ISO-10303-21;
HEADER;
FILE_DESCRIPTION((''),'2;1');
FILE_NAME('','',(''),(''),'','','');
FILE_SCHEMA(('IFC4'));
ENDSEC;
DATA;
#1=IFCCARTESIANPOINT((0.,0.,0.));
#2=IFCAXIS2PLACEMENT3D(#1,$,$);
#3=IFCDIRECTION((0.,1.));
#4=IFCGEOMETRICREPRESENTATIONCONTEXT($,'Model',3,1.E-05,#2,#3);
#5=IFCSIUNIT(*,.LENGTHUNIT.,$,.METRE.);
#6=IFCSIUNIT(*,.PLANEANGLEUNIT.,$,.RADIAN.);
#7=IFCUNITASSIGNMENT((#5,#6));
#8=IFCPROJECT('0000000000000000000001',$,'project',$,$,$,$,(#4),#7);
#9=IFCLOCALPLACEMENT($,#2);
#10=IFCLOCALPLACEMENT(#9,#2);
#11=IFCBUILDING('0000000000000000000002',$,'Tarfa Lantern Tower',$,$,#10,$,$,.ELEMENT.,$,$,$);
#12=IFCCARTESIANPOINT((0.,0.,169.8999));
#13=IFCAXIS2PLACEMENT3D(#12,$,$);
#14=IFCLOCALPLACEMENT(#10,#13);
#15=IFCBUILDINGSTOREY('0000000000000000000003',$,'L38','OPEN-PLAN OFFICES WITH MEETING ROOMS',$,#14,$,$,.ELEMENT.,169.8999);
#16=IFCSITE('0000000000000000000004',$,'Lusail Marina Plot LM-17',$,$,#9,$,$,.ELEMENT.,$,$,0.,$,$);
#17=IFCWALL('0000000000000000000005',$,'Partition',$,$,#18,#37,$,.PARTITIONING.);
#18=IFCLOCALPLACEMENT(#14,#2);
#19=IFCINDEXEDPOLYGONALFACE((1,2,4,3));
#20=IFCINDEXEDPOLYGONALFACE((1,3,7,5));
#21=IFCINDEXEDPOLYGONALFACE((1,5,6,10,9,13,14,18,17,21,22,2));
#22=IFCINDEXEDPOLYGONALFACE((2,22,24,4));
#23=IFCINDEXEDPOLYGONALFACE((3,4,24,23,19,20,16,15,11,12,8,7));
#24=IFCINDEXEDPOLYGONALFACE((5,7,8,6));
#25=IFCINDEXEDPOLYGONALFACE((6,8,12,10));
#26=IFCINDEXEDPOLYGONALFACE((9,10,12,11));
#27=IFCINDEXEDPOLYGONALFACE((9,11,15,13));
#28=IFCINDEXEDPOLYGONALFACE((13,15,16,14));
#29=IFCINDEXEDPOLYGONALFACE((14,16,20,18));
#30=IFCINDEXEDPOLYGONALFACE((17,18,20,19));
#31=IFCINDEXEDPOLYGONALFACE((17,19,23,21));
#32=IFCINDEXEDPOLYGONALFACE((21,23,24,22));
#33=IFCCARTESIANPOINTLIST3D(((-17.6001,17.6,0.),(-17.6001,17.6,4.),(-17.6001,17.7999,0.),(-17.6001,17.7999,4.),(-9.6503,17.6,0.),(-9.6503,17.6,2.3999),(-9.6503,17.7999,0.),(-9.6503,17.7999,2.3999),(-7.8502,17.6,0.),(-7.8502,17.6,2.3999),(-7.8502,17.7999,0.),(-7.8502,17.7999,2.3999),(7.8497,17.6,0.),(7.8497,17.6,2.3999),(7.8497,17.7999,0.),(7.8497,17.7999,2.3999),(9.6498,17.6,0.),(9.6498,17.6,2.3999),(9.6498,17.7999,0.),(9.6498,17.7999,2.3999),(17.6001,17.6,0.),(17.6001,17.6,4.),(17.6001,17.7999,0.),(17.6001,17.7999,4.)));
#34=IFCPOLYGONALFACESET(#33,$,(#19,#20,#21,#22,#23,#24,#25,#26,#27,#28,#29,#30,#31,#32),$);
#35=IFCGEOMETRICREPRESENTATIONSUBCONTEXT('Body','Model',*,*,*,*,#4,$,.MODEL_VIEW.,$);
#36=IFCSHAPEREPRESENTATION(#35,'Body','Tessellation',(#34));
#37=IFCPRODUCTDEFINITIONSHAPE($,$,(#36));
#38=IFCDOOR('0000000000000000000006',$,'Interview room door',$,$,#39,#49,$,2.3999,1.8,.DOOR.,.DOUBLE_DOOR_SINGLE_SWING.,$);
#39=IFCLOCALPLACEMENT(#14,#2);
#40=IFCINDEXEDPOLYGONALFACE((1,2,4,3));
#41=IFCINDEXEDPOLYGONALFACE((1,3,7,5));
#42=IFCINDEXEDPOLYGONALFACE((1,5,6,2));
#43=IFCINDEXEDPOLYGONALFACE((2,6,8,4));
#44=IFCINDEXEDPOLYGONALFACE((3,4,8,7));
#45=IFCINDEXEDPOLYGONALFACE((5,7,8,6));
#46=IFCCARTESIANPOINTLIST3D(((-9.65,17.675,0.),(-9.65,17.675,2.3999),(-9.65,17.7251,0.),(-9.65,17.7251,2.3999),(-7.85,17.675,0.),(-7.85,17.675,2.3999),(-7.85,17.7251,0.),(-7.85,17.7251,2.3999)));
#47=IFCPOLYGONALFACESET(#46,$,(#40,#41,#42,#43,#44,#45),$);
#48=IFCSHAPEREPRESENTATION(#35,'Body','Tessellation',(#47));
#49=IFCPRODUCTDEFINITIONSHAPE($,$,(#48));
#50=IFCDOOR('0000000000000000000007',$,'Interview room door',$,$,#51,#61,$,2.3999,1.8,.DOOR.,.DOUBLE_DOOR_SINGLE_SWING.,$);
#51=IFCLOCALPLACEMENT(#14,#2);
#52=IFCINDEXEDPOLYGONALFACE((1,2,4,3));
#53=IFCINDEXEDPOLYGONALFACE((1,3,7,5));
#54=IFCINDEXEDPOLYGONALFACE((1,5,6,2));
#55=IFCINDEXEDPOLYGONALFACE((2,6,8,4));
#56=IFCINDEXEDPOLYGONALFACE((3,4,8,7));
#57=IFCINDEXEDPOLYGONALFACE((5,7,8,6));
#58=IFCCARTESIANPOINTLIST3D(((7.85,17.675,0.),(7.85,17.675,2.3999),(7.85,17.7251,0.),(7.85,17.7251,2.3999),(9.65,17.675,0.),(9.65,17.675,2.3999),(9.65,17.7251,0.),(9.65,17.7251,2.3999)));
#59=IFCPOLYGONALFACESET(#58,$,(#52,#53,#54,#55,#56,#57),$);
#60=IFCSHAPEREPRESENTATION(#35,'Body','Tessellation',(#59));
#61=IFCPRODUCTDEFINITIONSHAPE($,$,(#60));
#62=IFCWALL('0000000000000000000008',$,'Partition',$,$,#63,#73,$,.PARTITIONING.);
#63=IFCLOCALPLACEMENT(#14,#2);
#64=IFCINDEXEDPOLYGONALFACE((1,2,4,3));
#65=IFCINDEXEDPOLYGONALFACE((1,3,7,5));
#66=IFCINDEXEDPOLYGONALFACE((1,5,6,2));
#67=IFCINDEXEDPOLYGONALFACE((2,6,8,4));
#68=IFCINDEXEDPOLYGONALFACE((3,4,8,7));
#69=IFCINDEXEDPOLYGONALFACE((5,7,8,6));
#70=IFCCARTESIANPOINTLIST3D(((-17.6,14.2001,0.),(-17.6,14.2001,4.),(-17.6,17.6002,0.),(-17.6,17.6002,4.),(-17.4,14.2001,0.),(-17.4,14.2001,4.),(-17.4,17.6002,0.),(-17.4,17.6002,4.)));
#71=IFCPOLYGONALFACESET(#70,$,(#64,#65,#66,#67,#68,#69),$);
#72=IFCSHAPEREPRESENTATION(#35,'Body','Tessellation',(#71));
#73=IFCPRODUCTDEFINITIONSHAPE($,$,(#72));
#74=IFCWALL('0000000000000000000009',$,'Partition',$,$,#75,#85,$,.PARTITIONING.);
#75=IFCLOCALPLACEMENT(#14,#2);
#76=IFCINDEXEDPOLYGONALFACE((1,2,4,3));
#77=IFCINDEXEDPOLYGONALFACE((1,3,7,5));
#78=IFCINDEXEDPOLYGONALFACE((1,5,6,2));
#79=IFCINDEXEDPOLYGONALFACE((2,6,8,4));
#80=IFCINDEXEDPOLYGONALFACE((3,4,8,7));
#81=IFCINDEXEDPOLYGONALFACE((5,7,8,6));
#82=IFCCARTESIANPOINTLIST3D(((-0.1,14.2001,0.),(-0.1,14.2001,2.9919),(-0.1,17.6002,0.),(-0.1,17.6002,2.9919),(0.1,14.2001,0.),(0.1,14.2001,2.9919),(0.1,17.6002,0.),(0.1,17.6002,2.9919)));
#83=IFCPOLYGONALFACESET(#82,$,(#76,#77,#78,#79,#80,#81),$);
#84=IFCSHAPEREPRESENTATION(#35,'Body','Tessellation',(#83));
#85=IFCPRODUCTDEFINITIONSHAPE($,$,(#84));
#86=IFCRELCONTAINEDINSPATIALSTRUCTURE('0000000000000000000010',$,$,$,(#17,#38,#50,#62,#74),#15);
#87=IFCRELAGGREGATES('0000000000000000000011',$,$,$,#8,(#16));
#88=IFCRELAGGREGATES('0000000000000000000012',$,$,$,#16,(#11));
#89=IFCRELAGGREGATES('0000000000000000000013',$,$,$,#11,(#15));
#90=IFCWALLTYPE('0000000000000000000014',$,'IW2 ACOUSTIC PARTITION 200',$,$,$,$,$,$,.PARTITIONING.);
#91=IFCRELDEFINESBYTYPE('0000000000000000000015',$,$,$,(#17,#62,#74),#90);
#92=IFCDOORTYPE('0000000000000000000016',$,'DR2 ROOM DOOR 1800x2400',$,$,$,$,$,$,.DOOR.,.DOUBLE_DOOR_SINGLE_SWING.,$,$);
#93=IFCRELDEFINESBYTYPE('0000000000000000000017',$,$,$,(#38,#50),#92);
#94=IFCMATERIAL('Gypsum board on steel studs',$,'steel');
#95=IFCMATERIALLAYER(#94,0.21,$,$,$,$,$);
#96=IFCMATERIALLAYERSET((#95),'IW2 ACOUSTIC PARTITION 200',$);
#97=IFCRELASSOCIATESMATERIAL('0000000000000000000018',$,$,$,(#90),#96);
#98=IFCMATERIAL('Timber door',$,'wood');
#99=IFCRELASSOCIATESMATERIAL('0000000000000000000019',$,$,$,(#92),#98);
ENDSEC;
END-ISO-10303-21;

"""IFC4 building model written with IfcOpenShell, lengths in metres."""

from ifc_helpers import new_model, si_unit, direction, frame, frame_2d, origin, place, context, subcontext, project, spatial, rectangle, extrude, material, layer, layer_set, type_object, element, fill, save


model = new_model("IFC4")

# Units and contexts
model_context = context("Model", 3, precision=1e-05, world=origin(), true_north=direction((0.0, 1.0)))
body_context = subcontext(model_context, "Body", "Model", "MODEL_VIEW")
ifc_project = project(units=[si_unit("LENGTHUNIT", "METRE"), si_unit("PLANEANGLEUNIT", "RADIAN")], contexts=[model_context])

# Site, building, storey
site_placement = place(None, origin())
site = spatial("IfcSite", under=ifc_project, at=site_placement, Name="Lusail Marina Plot LM-17", CompositionType="ELEMENT", RefElevation=0.0)
building_placement = place(site_placement, origin())
building = spatial("IfcBuilding", under=site, at=building_placement, Name="Tarfa Lantern Tower", CompositionType="ELEMENT")
storey_placement = place(building_placement, frame((0.0, 0.0, 169.8999)))
storey = spatial("IfcBuildingStorey", under=building, at=storey_placement, Name="L38", Description="OPEN-PLAN OFFICES WITH MEETING ROOMS", CompositionType="ELEMENT", Elevation=169.8999)

# Shared definitions
ifc_material_1 = material(Name="Gypsum board on steel studs", Category="steel")
ifc_layer_1 = layer(ifc_material_1, 0.21)
ifc_layer_set_1 = layer_set([ifc_layer_1], Name="IW2 ACOUSTIC PARTITION 200")
wall_type = type_object("IfcWallType", Name="IW2 ACOUSTIC PARTITION 200", PredefinedType="PARTITIONING", material=ifc_layer_set_1)

# Wall, openings, doors
wall_1_placement = place(storey_placement, frame((-17.6001, 17.7, 0.0), z_axis=(0.0, 0.0, 1.0), x_axis=(1.0, 0.0, 0.0)))
wall_1 = element("IfcWall", 1, at=wall_1_placement, inside=storey, type_object=wall_type, Name="Partition", PredefinedType="PARTITIONING", context=body_context, shape_type="SweptSolid", body=[
    extrude(rectangle(XDim=35.2002, YDim=0.2, at=frame_2d((17.6001, 0.0))), origin(), (0.0, 0.0, 1.0), 4.0),
])
opening_1_placement = place(wall_1_placement, frame((7.95, 0.0, 0.0)))
opening_1 = element("IfcOpeningElement", 2, at=opening_1_placement, cuts=wall_1, PredefinedType="OPENING", context=body_context, shape_type="SweptSolid", body=[
    extrude(rectangle(XDim=1.8, YDim=2.3999, at=frame_2d((0.8999, 1.2))), frame((0.0, 0.1099, 0.0), z_axis=(0.0, -1.0, 0.0), x_axis=(1.0, 0.0, 0.0)), (0.0, 0.0, 1.0), 0.22),
])
opening_2_placement = place(wall_1_placement, frame((25.45, 0.0, 0.0)))
opening_2 = element("IfcOpeningElement", 3, at=opening_2_placement, cuts=wall_1, PredefinedType="OPENING", context=body_context, shape_type="SweptSolid", body=[
    extrude(rectangle(XDim=1.8, YDim=2.3999, at=frame_2d((0.8999, 1.2))), frame((0.0, 0.1099, 0.0), z_axis=(0.0, -1.0, 0.0), x_axis=(1.0, 0.0, 0.0)), (0.0, 0.0, 1.0), 0.22),
])
ifc_material_2 = material(Name="Timber door", Category="wood")
door_type = type_object("IfcDoorType", Name="DR2 ROOM DOOR 1800x2400", OperationType="DOUBLE_DOOR_SINGLE_SWING", PredefinedType="DOOR", material=ifc_material_2)
door_1_placement = place(opening_1_placement, frame((1.8, 0.0, 0.0), z_axis=(0.0, 0.0, 1.0), x_axis=(-1.0, 0.0, 0.0)))
door_1 = element("IfcDoor", 4, at=door_1_placement, inside=storey, type_object=door_type, Name="Interview room door", OperationType="DOUBLE_DOOR_SINGLE_SWING", OverallHeight=2.3999, OverallWidth=1.8, PredefinedType="DOOR", context=body_context, shape_type="SweptSolid", body=[
    extrude(rectangle(XDim=1.8, YDim=2.3999, at=frame_2d((0.8999, 1.2))), frame((0.0, 0.0249, 0.0), z_axis=(0.0, -1.0, 0.0), x_axis=(1.0, 0.0, 0.0)), (0.0, 0.0, 1.0), 0.05),
])
fill(opening_1, door_1)
door_2_placement = place(opening_2_placement, frame((1.8, 0.0, 0.0), z_axis=(0.0, 0.0, 1.0), x_axis=(-1.0, 0.0, 0.0)))
door_2 = element("IfcDoor", 5, at=door_2_placement, inside=storey, type_object=door_type, Name="Interview room door", OperationType="DOUBLE_DOOR_SINGLE_SWING", OverallHeight=2.3999, OverallWidth=1.8, PredefinedType="DOOR", context=body_context, shape_type="SweptSolid", body=[
    extrude(rectangle(XDim=1.8, YDim=2.3999, at=frame_2d((0.8999, 1.2))), frame((0.0, 0.0249, 0.0), z_axis=(0.0, -1.0, 0.0), x_axis=(1.0, 0.0, 0.0)), (0.0, 0.0, 1.0), 0.05),
])
fill(opening_2, door_2)

# Walls
wall_2_placement = place(storey_placement, frame((-17.5, 14.2, 0.0), z_axis=(0.0, 0.0, 1.0), x_axis=(0.0, 1.0, 0.0)))
element("IfcWall", 6, at=wall_2_placement, inside=storey, type_object=wall_type, Name="Partition", PredefinedType="PARTITIONING", context=body_context, shape_type="SweptSolid", body=[
    extrude(rectangle(XDim=3.4001, YDim=0.2, at=frame_2d((1.7002, 0.0))), origin(), (0.0, 0.0, 1.0), 4.0),
])
wall_3_placement = place(storey_placement, frame((0.0, 14.2, 0.0), z_axis=(0.0, 0.0, 1.0), x_axis=(0.0, 1.0, 0.0)))
element("IfcWall", 7, at=wall_3_placement, inside=storey, type_object=wall_type, Name="Partition", PredefinedType="PARTITIONING", context=body_context, shape_type="SweptSolid", body=[
    extrude(rectangle(XDim=3.4001, YDim=0.2, at=frame_2d((1.7002, 0.0))), origin(), (0.0, 0.0, 1.0), 2.9919),
])

save(model, "model.ifc")
